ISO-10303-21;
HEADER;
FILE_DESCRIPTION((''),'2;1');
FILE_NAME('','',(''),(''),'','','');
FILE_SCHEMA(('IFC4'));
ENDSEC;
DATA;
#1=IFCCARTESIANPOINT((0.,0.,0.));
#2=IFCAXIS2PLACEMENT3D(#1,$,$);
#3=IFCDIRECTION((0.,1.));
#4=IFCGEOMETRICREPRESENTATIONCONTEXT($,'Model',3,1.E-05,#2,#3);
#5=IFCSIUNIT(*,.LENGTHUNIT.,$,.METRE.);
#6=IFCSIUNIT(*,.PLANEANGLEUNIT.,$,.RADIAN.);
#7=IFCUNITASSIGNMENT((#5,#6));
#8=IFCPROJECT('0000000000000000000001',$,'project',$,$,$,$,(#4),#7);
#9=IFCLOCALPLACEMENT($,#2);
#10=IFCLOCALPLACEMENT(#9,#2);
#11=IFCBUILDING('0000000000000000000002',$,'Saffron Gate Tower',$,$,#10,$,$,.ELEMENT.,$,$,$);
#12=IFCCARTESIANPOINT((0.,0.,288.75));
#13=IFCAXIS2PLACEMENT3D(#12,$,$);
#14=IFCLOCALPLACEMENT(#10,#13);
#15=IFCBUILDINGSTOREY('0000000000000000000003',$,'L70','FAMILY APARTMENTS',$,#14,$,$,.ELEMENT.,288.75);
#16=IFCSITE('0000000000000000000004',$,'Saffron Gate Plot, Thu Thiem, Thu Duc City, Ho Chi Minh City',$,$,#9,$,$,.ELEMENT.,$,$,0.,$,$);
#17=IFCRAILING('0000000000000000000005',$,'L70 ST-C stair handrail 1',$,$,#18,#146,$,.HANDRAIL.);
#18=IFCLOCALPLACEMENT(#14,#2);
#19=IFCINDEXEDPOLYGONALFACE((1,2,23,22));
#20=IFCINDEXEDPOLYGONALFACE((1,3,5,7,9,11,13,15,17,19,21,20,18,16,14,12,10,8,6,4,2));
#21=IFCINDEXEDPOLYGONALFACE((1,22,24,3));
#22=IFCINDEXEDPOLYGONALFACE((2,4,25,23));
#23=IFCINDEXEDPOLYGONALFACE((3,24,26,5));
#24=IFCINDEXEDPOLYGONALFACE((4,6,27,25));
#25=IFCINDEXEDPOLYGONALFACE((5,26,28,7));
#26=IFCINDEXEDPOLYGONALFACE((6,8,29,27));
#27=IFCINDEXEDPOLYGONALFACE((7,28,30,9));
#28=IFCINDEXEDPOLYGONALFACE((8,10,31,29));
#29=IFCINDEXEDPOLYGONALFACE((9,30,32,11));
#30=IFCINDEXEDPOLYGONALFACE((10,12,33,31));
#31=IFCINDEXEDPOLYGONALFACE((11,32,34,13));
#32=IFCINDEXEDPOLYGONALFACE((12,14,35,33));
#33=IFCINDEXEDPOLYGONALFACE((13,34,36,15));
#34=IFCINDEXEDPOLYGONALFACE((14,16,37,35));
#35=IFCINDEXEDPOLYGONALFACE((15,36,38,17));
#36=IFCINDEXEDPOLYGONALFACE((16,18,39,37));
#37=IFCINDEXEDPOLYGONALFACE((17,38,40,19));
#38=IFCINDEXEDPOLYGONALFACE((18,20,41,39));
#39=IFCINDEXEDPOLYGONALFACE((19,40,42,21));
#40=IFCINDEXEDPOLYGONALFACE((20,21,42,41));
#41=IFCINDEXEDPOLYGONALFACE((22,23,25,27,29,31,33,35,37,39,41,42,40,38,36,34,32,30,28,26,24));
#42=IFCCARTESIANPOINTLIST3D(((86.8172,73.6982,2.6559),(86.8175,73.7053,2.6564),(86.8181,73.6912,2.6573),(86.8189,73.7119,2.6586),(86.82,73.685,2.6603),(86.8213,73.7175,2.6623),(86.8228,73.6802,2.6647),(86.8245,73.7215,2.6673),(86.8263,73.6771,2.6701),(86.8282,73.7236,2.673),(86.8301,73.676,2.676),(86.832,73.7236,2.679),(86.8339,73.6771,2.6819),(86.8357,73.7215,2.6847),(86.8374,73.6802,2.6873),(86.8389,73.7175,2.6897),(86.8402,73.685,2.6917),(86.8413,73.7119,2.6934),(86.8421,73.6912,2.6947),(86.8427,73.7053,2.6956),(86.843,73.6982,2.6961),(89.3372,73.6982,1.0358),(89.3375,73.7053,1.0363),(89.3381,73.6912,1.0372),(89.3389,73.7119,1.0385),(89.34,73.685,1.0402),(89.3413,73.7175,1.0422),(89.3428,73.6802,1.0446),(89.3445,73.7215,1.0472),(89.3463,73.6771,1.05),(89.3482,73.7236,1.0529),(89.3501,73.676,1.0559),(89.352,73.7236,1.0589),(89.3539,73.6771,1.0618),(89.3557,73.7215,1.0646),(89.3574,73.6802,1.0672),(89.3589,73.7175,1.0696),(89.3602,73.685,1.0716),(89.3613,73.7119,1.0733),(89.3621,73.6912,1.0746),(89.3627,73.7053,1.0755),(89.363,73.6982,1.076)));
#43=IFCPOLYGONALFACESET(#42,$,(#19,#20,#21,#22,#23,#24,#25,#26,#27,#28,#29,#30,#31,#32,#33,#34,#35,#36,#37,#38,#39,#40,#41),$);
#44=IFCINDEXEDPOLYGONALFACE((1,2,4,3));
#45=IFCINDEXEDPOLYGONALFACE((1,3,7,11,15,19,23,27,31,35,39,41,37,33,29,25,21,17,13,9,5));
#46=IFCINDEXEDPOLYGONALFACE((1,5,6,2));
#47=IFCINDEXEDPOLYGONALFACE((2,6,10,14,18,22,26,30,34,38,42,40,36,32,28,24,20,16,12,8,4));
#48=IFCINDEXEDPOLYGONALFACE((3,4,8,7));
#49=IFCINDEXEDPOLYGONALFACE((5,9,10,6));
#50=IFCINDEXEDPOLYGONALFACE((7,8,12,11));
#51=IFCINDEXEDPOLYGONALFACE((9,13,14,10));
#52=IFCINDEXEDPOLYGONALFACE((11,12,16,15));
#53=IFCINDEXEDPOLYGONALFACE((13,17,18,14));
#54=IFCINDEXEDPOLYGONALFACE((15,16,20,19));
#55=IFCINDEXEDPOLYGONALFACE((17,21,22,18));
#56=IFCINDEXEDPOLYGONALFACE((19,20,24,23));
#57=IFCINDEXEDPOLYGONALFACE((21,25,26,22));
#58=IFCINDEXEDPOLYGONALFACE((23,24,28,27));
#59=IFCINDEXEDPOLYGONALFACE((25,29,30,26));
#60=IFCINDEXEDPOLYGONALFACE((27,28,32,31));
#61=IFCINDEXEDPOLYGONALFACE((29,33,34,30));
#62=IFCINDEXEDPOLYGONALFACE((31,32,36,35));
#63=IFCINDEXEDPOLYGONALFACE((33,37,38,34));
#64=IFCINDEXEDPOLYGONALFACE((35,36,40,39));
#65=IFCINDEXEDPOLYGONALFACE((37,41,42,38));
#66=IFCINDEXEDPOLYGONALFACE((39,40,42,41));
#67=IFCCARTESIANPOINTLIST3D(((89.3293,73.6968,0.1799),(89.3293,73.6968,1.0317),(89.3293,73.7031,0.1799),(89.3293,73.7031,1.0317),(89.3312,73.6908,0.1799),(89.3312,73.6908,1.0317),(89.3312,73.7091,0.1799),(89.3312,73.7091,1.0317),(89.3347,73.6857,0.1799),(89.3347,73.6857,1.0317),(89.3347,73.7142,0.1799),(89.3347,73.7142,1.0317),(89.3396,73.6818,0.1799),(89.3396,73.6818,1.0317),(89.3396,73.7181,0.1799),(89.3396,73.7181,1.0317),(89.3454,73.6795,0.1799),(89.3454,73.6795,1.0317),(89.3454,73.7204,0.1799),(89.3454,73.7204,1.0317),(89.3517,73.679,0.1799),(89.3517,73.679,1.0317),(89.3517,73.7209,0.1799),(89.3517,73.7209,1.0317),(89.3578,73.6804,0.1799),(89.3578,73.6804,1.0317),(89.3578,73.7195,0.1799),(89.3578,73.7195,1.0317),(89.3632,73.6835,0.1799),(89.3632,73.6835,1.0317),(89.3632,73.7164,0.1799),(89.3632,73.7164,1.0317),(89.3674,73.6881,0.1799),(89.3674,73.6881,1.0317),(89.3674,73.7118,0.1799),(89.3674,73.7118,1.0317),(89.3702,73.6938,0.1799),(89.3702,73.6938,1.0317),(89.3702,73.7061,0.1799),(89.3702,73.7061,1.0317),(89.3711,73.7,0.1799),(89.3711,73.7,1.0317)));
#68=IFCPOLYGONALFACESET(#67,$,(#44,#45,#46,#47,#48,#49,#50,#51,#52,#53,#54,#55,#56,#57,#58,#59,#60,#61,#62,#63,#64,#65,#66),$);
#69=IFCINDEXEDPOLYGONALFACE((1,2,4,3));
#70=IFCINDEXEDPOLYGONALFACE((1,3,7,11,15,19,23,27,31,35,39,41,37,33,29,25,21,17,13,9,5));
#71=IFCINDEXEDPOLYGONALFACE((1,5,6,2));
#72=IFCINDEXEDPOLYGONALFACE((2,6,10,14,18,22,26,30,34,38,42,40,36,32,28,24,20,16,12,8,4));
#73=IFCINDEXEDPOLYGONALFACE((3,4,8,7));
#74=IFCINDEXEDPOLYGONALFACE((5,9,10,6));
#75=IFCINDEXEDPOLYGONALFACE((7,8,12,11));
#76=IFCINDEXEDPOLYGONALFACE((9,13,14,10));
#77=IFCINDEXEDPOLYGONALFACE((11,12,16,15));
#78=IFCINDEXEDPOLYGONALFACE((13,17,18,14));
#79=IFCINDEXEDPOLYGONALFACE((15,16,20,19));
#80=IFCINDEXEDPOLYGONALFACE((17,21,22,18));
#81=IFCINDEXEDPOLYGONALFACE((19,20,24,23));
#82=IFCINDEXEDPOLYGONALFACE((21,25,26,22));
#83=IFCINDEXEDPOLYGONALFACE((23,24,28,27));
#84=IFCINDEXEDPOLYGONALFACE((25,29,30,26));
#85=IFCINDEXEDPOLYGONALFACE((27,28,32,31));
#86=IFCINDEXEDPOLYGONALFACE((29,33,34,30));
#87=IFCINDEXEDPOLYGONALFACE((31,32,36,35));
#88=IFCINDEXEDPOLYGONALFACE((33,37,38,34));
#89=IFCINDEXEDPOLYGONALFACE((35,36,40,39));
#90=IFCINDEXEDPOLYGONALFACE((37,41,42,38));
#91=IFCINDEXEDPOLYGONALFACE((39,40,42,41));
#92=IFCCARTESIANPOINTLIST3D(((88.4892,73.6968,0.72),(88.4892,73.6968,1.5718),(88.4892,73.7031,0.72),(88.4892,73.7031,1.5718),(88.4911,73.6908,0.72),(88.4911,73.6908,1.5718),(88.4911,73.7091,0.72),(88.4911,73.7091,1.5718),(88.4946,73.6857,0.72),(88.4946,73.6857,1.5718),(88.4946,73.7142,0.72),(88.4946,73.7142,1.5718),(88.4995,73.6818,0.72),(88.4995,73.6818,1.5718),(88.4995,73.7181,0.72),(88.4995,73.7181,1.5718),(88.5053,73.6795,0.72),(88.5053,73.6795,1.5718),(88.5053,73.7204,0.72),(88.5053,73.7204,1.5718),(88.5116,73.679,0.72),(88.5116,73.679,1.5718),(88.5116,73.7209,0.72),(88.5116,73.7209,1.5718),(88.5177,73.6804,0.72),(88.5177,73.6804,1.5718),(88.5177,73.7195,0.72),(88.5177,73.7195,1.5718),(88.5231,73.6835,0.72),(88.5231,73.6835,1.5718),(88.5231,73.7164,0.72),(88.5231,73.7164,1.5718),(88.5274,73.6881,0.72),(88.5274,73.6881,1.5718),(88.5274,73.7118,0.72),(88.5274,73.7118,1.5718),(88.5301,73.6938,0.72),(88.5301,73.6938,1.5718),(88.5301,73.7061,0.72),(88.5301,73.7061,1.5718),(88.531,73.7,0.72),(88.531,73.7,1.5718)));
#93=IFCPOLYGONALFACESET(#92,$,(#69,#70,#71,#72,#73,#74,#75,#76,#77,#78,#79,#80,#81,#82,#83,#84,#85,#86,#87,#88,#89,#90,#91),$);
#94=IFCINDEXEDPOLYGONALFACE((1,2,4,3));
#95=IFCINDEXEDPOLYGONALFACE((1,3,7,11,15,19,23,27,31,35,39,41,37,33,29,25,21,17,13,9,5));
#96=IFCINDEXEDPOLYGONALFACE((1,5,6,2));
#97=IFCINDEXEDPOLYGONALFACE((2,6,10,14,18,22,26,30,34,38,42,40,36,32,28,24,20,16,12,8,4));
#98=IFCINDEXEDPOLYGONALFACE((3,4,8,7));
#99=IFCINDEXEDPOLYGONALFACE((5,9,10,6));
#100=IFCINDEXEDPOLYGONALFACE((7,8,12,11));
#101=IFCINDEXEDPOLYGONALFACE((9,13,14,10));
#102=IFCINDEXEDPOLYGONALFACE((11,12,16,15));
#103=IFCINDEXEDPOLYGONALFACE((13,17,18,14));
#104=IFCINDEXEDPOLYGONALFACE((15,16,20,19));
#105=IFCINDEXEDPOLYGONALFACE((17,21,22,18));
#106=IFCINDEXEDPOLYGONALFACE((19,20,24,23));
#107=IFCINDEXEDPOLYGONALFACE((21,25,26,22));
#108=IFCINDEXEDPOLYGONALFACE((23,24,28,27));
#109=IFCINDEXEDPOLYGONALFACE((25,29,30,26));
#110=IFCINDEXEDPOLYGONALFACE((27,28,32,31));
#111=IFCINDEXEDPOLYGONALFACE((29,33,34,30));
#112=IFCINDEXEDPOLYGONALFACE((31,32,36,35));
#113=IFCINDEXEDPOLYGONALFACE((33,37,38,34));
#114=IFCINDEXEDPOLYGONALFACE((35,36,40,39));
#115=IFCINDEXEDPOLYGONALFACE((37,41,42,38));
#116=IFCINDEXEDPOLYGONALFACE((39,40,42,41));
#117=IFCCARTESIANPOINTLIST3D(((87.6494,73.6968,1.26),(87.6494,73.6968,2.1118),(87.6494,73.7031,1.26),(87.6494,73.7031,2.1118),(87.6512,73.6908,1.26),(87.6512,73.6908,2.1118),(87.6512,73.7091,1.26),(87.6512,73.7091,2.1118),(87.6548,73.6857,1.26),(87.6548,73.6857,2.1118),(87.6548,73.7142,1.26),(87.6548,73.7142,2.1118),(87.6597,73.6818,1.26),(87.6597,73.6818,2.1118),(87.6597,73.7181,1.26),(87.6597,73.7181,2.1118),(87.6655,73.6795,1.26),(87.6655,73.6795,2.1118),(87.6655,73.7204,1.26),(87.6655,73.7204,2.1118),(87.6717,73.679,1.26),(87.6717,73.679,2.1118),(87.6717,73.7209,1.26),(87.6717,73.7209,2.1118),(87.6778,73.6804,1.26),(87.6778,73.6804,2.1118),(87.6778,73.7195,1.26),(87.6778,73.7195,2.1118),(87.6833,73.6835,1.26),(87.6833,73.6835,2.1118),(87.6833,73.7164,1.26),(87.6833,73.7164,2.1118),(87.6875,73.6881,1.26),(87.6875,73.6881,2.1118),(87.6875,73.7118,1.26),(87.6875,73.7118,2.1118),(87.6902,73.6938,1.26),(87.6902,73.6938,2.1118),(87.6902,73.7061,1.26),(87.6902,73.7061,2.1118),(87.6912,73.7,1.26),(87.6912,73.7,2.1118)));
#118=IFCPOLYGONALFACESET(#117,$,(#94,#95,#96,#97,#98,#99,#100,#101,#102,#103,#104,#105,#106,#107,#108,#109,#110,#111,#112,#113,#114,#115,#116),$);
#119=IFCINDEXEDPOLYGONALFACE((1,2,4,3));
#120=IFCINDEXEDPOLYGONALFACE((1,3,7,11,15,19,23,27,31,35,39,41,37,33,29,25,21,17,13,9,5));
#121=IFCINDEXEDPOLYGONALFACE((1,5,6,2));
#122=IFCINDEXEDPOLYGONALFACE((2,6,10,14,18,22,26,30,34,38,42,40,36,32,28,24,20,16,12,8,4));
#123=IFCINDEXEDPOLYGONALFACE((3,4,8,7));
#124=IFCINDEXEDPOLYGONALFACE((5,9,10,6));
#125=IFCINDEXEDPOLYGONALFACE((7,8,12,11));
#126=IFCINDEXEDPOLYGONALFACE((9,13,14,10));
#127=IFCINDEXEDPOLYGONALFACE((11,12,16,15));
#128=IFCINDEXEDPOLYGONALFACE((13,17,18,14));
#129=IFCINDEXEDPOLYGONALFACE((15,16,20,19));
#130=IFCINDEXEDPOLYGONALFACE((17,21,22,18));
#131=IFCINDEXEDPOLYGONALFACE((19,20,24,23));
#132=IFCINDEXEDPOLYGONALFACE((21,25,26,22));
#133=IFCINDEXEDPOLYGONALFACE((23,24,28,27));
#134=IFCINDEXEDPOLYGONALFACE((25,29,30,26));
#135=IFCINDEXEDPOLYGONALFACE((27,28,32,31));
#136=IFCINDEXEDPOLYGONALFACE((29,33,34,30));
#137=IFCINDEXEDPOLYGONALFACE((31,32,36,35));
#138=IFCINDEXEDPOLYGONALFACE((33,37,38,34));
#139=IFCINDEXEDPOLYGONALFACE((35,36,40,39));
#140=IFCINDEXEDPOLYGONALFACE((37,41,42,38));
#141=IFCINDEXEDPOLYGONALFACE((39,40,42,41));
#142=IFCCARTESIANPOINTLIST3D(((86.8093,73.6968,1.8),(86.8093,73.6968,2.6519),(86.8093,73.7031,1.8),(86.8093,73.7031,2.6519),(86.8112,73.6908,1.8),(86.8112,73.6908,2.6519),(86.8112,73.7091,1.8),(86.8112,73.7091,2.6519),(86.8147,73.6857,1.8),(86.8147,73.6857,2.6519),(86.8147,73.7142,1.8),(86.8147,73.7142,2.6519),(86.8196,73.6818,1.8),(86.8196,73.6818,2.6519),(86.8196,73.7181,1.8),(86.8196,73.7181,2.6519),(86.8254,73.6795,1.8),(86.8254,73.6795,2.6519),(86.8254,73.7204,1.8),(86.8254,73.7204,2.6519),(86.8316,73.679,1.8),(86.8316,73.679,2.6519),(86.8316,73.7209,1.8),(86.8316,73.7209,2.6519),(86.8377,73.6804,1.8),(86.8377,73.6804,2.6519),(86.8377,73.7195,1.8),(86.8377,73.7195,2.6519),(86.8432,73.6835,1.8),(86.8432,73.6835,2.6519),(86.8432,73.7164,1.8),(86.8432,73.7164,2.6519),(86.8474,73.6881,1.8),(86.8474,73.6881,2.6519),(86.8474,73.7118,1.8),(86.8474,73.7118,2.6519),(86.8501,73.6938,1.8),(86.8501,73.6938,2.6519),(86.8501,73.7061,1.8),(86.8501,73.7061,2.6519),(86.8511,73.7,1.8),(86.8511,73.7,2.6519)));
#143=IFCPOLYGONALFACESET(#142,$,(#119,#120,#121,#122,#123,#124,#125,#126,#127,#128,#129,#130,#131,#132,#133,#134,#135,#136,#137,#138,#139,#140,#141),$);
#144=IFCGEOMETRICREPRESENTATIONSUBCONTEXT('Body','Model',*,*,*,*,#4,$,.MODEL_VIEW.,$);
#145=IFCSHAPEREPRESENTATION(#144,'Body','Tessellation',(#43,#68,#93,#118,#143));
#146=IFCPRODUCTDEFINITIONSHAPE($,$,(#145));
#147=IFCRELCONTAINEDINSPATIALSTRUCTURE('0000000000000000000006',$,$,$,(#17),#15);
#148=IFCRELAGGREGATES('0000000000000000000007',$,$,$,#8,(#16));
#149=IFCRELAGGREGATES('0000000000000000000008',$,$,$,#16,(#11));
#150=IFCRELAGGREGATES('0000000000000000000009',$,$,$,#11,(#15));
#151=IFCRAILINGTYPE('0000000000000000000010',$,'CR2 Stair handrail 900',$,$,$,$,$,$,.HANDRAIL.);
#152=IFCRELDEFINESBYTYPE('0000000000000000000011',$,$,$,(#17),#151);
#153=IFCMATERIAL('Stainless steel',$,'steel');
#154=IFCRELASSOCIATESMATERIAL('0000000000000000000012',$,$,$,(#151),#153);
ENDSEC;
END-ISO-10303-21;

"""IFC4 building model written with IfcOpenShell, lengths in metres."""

from ifc_helpers import new_model, si_unit, direction, frame, origin, origin_2d, place, context, subcontext, project, spatial, circle, extrude, material, type_object, element, save


model = new_model("IFC4")

# Units and contexts
model_context = context("Model", 3, precision=1e-05, world=origin(), true_north=direction((0.0, 1.0)))
body_context = subcontext(model_context, "Body", "Model", "MODEL_VIEW")
ifc_project = project(units=[si_unit("LENGTHUNIT", "METRE"), si_unit("PLANEANGLEUNIT", "RADIAN")], contexts=[model_context])

# Site, building, storey
site_placement = place(None, origin())
site = spatial("IfcSite", under=ifc_project, at=site_placement, Name="Saffron Gate Plot, Thu Thiem, Thu Duc City, Ho Chi Minh City", CompositionType="ELEMENT", RefElevation=0.0)
building_placement = place(site_placement, origin())
building = spatial("IfcBuilding", under=site, at=building_placement, Name="Saffron Gate Tower", CompositionType="ELEMENT")
storey_placement = place(building_placement, frame((0.0, 0.0, 288.75)))
storey = spatial("IfcBuildingStorey", under=building, at=storey_placement, Name="L70", Description="FAMILY APARTMENTS", CompositionType="ELEMENT", Elevation=288.75)

# Railing
ifc_material_1 = material(Name="Stainless steel", Category="steel")
railing_type_1 = type_object("IfcRailingType", Name="CR2 Stair handrail 900", PredefinedType="HANDRAIL", material=ifc_material_1)
railing_1_placement = place(storey_placement, frame((89.3501, 73.7, 0.1799)))
element("IfcRailing", 1, at=railing_1_placement, inside=storey, type_object=railing_type_1, Name="L70 ST-C stair handrail 1", PredefinedType="HANDRAIL", context=body_context, shape_type="SweptSolid", body=[
    extrude(circle(Radius=0.0239, at=origin_2d()), frame((0.0, 0.0, 0.876), z_axis=(-0.841163, 0.0, 0.540782), x_axis=(0.0, -1.0, 0.0)), (0.0, 0.0, 1.0), 2.9958),
    extrude(circle(Radius=0.021, at=origin_2d()), origin(), (0.0, 0.0, 1.0), 0.8518),
    extrude(circle(Radius=0.021, at=origin_2d()), frame((-0.8401, 0.0, 0.54)), (0.0, 0.0, 1.0), 0.8518),
    extrude(circle(Radius=0.021, at=origin_2d()), frame((-1.6799, 0.0, 1.0801)), (0.0, 0.0, 1.0), 0.8518),
    extrude(circle(Radius=0.021, at=origin_2d()), frame((-2.52, 0.0, 1.6201)), (0.0, 0.0, 1.0), 0.8518),
])

save(model, "model.ifc")
